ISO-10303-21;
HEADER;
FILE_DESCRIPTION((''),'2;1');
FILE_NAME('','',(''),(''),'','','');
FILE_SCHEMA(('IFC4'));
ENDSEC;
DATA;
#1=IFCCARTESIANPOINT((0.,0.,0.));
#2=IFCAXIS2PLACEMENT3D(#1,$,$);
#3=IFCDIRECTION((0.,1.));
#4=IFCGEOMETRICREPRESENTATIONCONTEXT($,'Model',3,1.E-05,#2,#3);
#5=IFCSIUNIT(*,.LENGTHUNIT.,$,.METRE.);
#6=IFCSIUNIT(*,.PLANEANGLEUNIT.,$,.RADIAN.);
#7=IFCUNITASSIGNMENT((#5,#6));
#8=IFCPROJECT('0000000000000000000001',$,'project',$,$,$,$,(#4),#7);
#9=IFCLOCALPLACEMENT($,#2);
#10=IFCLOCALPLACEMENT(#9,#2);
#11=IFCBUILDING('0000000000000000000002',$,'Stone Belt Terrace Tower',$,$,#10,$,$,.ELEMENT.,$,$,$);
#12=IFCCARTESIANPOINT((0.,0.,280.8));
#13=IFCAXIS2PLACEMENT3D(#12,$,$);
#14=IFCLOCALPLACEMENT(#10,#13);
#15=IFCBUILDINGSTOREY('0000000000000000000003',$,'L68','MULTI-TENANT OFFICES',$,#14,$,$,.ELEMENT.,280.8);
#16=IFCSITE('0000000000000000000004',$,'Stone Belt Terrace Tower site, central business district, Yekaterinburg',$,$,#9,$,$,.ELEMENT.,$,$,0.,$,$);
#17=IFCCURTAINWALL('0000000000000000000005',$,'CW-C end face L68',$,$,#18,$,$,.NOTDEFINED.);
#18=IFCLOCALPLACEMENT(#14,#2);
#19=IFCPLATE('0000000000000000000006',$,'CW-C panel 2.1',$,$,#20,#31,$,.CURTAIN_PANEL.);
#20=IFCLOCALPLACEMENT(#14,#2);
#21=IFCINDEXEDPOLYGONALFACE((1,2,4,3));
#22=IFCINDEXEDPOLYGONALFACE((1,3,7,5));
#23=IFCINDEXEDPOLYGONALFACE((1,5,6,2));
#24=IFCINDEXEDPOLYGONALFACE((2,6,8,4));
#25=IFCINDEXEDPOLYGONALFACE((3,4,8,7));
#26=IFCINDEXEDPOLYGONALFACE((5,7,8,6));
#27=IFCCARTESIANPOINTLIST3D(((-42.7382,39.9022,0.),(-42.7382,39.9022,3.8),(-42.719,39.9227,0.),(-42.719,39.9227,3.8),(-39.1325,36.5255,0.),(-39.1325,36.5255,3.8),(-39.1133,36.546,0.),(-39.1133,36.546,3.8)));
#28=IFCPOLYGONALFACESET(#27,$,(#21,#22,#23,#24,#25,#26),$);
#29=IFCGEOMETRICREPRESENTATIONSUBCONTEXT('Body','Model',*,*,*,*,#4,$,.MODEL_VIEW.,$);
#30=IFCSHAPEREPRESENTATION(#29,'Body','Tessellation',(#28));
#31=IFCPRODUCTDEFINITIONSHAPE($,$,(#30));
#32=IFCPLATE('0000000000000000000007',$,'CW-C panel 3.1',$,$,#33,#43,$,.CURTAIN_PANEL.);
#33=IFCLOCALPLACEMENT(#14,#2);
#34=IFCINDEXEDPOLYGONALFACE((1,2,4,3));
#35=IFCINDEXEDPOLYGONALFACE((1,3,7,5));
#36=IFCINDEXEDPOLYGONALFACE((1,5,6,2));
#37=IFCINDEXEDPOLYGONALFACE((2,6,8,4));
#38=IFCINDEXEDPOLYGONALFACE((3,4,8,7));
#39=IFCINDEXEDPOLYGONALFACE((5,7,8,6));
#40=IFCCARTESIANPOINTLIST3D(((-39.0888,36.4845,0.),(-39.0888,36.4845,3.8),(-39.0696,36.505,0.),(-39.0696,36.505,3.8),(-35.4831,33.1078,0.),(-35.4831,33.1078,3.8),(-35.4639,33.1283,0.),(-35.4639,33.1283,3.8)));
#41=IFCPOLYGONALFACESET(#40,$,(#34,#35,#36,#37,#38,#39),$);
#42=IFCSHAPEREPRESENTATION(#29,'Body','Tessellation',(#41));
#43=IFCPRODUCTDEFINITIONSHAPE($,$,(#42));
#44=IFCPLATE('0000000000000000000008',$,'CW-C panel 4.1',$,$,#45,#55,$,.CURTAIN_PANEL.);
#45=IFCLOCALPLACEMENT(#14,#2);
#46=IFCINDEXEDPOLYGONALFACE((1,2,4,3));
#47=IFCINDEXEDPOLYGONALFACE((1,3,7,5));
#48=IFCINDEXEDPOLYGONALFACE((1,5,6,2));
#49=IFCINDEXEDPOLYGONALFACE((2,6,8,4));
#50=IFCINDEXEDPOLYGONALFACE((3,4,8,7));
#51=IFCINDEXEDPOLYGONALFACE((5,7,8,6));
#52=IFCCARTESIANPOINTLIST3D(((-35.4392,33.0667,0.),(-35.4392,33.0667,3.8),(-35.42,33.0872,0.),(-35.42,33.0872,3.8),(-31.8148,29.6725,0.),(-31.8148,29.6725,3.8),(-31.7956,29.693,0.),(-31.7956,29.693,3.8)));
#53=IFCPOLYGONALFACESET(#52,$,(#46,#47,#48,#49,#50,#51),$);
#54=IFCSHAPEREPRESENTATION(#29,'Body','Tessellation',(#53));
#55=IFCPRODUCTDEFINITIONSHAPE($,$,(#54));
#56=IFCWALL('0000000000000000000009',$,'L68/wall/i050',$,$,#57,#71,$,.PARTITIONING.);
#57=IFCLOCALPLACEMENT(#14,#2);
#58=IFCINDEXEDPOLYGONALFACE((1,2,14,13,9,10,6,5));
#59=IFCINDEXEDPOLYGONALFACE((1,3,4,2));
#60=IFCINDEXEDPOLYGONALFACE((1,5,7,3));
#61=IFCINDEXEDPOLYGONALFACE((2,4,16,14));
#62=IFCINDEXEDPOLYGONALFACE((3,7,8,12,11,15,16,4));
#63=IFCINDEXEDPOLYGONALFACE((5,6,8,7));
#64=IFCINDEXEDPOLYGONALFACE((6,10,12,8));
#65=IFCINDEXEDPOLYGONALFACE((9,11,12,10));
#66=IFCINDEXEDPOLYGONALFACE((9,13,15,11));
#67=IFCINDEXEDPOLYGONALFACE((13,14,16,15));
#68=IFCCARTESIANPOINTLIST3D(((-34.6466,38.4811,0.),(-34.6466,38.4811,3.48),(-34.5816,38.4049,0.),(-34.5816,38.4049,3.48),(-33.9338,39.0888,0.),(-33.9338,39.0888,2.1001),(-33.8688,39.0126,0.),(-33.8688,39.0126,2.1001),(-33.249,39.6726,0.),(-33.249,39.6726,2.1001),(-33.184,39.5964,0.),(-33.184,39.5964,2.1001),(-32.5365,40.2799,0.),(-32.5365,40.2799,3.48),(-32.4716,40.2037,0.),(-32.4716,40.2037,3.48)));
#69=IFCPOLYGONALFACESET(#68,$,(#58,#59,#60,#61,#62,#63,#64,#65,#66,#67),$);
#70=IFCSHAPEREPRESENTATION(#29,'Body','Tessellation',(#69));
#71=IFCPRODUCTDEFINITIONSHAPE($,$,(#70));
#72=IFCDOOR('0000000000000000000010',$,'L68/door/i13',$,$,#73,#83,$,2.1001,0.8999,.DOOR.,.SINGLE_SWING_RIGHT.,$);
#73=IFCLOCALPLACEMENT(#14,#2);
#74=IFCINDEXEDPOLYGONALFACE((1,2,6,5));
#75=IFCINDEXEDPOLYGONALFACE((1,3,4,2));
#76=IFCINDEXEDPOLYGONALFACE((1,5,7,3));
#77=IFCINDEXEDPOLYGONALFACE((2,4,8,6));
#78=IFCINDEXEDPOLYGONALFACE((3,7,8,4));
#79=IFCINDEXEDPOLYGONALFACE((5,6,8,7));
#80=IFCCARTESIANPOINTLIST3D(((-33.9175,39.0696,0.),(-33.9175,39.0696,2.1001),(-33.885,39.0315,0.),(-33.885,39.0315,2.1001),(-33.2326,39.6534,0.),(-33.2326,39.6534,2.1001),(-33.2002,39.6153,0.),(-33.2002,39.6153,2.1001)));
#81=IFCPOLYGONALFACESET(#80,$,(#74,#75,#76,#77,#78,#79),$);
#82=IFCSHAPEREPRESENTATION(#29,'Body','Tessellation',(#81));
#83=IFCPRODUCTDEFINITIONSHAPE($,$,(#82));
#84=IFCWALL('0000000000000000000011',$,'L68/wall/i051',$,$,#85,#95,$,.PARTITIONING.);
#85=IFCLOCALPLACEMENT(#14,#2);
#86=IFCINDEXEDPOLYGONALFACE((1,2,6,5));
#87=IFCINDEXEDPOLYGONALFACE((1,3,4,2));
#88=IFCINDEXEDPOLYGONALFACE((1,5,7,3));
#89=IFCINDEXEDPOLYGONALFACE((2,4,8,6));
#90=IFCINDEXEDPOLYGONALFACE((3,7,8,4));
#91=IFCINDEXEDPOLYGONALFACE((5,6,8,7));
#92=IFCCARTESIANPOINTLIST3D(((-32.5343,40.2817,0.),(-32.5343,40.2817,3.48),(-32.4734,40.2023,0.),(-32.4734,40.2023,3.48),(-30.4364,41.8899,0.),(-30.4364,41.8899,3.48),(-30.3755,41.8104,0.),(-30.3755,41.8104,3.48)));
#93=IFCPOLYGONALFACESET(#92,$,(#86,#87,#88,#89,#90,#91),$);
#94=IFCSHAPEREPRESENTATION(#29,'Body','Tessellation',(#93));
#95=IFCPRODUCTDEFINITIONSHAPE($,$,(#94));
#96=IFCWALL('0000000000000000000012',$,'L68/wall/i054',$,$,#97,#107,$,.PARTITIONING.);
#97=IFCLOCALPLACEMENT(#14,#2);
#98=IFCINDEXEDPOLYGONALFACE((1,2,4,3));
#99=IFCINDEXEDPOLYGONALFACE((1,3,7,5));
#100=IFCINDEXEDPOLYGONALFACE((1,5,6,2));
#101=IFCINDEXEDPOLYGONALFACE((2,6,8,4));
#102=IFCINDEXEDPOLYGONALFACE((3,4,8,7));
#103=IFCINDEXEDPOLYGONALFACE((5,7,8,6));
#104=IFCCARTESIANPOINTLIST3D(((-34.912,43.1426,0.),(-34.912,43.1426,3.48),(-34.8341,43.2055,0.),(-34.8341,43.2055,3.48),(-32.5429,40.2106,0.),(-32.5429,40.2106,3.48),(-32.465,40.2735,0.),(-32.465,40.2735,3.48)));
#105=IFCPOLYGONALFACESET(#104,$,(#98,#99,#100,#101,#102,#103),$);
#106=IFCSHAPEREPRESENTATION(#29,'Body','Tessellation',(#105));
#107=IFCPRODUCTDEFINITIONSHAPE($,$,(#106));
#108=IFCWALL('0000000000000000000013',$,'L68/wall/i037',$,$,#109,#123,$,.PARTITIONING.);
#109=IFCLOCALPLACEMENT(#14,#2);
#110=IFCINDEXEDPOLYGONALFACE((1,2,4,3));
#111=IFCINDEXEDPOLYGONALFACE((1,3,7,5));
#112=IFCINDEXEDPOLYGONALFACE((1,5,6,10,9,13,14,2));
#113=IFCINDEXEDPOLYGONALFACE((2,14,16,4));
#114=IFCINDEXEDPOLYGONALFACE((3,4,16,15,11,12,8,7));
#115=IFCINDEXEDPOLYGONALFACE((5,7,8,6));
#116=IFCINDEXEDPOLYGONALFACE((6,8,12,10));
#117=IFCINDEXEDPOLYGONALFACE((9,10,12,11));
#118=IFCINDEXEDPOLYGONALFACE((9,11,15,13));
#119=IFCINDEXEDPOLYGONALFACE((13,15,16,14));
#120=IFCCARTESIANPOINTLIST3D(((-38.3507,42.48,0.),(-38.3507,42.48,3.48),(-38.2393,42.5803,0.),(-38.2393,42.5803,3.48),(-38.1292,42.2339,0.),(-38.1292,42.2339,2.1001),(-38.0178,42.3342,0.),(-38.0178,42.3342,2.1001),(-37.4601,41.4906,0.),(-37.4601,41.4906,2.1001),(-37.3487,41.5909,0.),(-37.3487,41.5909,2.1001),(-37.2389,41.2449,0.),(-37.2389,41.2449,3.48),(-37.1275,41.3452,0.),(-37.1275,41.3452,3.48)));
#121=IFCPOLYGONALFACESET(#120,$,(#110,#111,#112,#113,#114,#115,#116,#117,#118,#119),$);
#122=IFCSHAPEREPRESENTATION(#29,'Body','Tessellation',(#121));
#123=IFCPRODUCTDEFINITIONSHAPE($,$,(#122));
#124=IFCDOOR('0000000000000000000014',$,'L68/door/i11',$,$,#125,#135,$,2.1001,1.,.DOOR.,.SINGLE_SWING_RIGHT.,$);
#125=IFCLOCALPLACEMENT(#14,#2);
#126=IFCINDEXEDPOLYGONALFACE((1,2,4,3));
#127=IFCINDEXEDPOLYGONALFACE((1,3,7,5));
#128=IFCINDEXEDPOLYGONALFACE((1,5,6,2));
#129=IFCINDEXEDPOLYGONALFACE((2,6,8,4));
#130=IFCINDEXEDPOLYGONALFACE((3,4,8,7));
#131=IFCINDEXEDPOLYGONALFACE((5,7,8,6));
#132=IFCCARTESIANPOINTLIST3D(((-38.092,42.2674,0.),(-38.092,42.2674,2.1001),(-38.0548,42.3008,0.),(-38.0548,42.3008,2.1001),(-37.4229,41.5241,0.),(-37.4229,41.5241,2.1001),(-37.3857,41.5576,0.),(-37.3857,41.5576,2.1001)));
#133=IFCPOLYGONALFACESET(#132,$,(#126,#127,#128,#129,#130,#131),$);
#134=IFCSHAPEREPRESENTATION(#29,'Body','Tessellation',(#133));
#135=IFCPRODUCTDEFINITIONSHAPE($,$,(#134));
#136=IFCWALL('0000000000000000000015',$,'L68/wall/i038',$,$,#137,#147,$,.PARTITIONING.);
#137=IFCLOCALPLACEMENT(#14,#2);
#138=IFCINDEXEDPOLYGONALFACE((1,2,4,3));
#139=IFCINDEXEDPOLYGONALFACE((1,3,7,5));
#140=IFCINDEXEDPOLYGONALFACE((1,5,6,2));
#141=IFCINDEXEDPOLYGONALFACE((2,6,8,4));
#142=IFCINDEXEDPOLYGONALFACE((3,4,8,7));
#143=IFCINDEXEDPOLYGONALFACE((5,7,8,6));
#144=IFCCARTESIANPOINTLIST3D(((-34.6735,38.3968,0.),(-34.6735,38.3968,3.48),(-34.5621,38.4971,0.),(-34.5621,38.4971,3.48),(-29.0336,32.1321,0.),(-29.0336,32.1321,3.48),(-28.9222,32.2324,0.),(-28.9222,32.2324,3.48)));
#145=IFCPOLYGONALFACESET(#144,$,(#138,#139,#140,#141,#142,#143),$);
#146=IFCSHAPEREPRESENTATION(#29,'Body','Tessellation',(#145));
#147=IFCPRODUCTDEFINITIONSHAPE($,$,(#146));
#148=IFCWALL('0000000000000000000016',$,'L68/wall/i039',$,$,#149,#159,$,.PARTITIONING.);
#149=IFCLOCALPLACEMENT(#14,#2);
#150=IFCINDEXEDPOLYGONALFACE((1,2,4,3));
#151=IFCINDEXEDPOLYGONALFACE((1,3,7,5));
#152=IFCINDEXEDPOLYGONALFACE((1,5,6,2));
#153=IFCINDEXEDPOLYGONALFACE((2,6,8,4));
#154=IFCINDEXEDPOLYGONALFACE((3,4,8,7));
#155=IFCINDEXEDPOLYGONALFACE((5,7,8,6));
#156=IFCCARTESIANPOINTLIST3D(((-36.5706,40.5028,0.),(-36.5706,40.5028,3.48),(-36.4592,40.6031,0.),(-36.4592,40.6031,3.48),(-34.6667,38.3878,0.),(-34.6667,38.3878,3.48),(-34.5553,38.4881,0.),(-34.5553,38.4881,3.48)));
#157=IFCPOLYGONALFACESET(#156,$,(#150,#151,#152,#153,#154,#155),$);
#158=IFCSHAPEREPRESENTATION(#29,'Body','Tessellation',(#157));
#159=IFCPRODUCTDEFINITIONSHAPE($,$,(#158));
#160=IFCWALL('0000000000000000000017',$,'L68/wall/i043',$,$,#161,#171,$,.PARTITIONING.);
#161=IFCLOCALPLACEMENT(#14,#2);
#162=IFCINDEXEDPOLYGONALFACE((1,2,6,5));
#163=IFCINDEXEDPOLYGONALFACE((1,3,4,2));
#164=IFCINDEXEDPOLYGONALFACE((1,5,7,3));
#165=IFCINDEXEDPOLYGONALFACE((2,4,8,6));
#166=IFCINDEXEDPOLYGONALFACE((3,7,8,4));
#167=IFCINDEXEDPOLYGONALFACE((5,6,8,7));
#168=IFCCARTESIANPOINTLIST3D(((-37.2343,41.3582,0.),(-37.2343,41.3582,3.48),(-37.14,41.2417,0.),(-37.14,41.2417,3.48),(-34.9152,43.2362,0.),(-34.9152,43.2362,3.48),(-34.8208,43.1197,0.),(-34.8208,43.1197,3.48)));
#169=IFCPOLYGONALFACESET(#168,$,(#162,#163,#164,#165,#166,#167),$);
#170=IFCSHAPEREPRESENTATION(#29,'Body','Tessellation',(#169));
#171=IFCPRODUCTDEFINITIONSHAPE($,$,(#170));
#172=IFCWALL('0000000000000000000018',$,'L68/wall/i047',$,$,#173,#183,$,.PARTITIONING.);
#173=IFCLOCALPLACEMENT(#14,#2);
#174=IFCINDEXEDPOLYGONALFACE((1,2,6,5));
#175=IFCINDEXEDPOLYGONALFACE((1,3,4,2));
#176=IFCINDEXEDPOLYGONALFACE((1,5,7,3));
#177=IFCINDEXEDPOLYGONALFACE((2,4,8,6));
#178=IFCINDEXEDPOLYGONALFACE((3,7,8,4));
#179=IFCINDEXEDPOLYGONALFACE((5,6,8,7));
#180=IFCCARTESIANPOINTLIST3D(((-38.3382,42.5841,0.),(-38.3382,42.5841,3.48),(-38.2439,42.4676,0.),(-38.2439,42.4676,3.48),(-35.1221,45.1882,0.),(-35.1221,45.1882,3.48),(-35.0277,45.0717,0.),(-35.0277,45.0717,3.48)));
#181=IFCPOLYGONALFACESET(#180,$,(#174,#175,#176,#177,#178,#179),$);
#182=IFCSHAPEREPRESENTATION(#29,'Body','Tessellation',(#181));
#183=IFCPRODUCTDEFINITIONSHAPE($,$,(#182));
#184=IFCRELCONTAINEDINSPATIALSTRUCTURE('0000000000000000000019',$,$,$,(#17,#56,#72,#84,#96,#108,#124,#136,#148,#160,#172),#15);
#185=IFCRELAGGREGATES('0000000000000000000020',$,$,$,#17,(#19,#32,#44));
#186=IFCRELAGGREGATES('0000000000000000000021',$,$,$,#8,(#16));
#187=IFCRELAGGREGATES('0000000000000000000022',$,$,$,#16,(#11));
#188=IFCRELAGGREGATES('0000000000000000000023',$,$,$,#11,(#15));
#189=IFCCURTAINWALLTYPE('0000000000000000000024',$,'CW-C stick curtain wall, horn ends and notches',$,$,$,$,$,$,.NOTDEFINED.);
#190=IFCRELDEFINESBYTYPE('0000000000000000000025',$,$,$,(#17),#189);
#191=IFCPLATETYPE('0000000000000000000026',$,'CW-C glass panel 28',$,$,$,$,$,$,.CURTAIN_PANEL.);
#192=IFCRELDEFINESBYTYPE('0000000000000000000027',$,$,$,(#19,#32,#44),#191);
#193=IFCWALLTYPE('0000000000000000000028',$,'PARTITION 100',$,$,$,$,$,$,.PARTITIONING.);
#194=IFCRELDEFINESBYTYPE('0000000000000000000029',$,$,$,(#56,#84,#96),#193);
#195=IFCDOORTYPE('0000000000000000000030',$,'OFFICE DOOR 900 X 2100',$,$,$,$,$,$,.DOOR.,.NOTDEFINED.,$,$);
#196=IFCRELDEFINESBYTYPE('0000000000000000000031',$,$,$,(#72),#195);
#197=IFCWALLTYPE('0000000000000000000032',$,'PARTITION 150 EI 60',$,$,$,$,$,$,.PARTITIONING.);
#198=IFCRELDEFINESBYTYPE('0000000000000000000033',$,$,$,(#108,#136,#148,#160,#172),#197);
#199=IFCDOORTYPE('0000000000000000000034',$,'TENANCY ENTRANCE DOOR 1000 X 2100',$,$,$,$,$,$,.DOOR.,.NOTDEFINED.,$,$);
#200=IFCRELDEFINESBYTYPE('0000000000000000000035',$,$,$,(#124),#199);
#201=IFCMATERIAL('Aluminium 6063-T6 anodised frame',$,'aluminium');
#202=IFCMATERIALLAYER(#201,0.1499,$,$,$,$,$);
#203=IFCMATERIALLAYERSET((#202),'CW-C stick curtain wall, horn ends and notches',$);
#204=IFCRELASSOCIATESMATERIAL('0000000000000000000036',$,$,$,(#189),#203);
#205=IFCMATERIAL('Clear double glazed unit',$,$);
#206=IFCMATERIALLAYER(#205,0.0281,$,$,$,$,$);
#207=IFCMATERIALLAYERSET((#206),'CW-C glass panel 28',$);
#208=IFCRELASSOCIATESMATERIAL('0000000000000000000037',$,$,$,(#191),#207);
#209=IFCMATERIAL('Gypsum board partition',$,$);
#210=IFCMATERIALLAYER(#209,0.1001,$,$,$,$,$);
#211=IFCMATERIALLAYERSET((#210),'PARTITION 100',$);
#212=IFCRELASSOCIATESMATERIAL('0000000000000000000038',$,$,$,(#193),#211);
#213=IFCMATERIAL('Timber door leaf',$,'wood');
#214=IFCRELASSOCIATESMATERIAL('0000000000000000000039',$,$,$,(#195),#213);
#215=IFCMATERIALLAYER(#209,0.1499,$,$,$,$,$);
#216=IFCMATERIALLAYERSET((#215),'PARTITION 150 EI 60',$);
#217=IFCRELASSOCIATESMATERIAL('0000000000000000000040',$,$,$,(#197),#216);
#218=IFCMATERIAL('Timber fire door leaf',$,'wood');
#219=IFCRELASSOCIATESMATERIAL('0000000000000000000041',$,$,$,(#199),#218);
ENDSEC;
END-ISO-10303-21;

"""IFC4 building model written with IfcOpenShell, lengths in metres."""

from ifc_helpers import new_model, si_unit, direction, frame, frame_2d, origin, origin_2d, place, context, subcontext, project, spatial, rectangle, extrude, material, layer, layer_set, type_object, element, fill, aggregate, save


model = new_model("IFC4")

# Units and contexts
model_context = context("Model", 3, precision=1e-05, world=origin(), true_north=direction((0.0, 1.0)))
body_context = subcontext(model_context, "Body", "Model", "MODEL_VIEW")
ifc_project = project(units=[si_unit("LENGTHUNIT", "METRE"), si_unit("PLANEANGLEUNIT", "RADIAN")], contexts=[model_context])

# Site, building, storey
site_placement = place(None, origin())
site = spatial("IfcSite", under=ifc_project, at=site_placement, Name="Stone Belt Terrace Tower site, central business district, Yekaterinburg", CompositionType="ELEMENT", RefElevation=0.0)
building_placement = place(site_placement, origin())
building = spatial("IfcBuilding", under=site, at=building_placement, Name="Stone Belt Terrace Tower", CompositionType="ELEMENT")
storey_placement = place(building_placement, frame((0.0, 0.0, 280.8)))
storey = spatial("IfcBuildingStorey", under=building, at=storey_placement, Name="L68", Description="MULTI-TENANT OFFICES", CompositionType="ELEMENT", Elevation=280.8)

# Shared definitions
ifc_material_1 = material(Name="Aluminium 6063-T6 anodised frame", Category="aluminium")

# Curtain wall
ifc_layer_1 = layer(ifc_material_1, 0.1499)
ifc_layer_set_1 = layer_set([ifc_layer_1], Name="CW-C stick curtain wall, horn ends and notches")
curtain_wall_type_1 = type_object("IfcCurtainWallType", Name="CW-C stick curtain wall, horn ends and notches", PredefinedType="NOTDEFINED", material=ifc_layer_set_1)
curtain_wall_1_placement = place(storey_placement, origin())
curtain_wall_1 = element("IfcCurtainWall", 1, at=curtain_wall_1_placement, inside=storey, type_object=curtain_wall_type_1, Name="CW-C end face L68", PredefinedType="NOTDEFINED")

# Plates
ifc_material_2 = material(Name="Clear double glazed unit")
ifc_layer_2 = layer(ifc_material_2, 0.0281)
ifc_layer_set_2 = layer_set([ifc_layer_2], Name="CW-C glass panel 28")
plate_type = type_object("IfcPlateType", Name="CW-C glass panel 28", PredefinedType="CURTAIN_PANEL", material=ifc_layer_set_2)
plate_1_placement = place(storey_placement, frame((-40.9258, 38.2241, 0.0), z_axis=(0.0, 0.0, 1.0), x_axis=(0.729904, -0.683549, 0.0)))
plate_1 = element("IfcPlate", 2, at=plate_1_placement, type_object=plate_type, Name="CW-C panel 2.1", PredefinedType="CURTAIN_PANEL", context=body_context, shape_type="SweptSolid", body=[
    extrude(rectangle(XDim=4.9399, YDim=0.0281, at=origin_2d()), origin(), (0.0, 0.0, 1.0), 3.8),
])
plate_2_placement = place(storey_placement, frame((-37.2764, 34.8064, 0.0), z_axis=(0.0, 0.0, 1.0), x_axis=(0.729904, -0.683549, 0.0)))
plate_2 = element("IfcPlate", 3, at=plate_2_placement, type_object=plate_type, Name="CW-C panel 3.1", PredefinedType="CURTAIN_PANEL", context=body_context, shape_type="SweptSolid", body=[
    extrude(rectangle(XDim=4.9399, YDim=0.0281, at=origin_2d()), origin(), (0.0, 0.0, 1.0), 3.8),
])
plate_3_placement = place(storey_placement, frame((-33.6174, 31.3799, 0.0), z_axis=(0.0, 0.0, 1.0), x_axis=(0.729904, -0.683549, 0.0)))
plate_3 = element("IfcPlate", 4, at=plate_3_placement, type_object=plate_type, Name="CW-C panel 4.1", PredefinedType="CURTAIN_PANEL", context=body_context, shape_type="SweptSolid", body=[
    extrude(rectangle(XDim=4.9656, YDim=0.0281, at=origin_2d()), origin(), (0.0, 0.0, 1.0), 3.8),
])
aggregate(curtain_wall_1, [plate_1, plate_2, plate_3])

# Wall, opening, door
ifc_material_3 = material(Name="Gypsum board partition")
ifc_layer_3 = layer(ifc_material_3, 0.1001)
ifc_layer_set_3 = layer_set([ifc_layer_3], Name="PARTITION 100")
wall_type_1 = type_object("IfcWallType", Name="PARTITION 100", PredefinedType="PARTITIONING", material=ifc_layer_set_3)
wall_1_placement = place(storey_placement, frame((-34.614, 38.4431, 0.0), z_axis=(0.0, 0.0, 1.0), x_axis=(0.761007, 0.648744, 0.0)))
wall_1 = element("IfcWall", 5, at=wall_1_placement, inside=storey, type_object=wall_type_1, Name="L68/wall/i050", PredefinedType="PARTITIONING", context=body_context, shape_type="SweptSolid", body=[
    extrude(rectangle(XDim=2.7727, YDim=0.1001, at=frame_2d((1.3862, 0.0))), origin(), (0.0, 0.0, 1.0), 3.48),
])
opening_1_placement = place(wall_1_placement, frame((0.9365, 0.0, 0.0)))
opening_1 = element("IfcOpeningElement", 6, at=opening_1_placement, cuts=wall_1, PredefinedType="OPENING", context=body_context, shape_type="SweptSolid", body=[
    extrude(rectangle(XDim=0.8999, YDim=2.1001, at=frame_2d((0.45, 1.05))), frame((0.0, 0.0601, 0.0), z_axis=(0.0, -1.0, 0.0), x_axis=(1.0, 0.0, 0.0)), (0.0, 0.0, 1.0), 0.1201),
])
ifc_material_4 = material(Name="Timber door leaf", Category="wood")
door_type_1 = type_object("IfcDoorType", Name="OFFICE DOOR 900 X 2100", OperationType="NOTDEFINED", PredefinedType="DOOR", material=ifc_material_4)
door_1_placement = place(opening_1_placement, origin())
door_1 = element("IfcDoor", 7, at=door_1_placement, inside=storey, type_object=door_type_1, Name="L68/door/i13", OperationType="SINGLE_SWING_RIGHT", OverallHeight=2.1001, OverallWidth=0.8999, PredefinedType="DOOR", context=body_context, shape_type="SweptSolid", body=[
    extrude(rectangle(XDim=0.8999, YDim=2.1001, at=frame_2d((0.45, 1.05))), frame((0.0, 0.0249, 0.0), z_axis=(0.0, -1.0, 0.0), x_axis=(1.0, 0.0, 0.0)), (0.0, 0.0, 1.0), 0.05),
])
fill(opening_1, door_1)

# Walls
wall_2_placement = place(storey_placement, frame((-32.5039, 40.2419, 0.0), z_axis=(0.0, 0.0, 1.0), x_axis=(0.793649, 0.608375, 0.0)))
element("IfcWall", 8, at=wall_2_placement, inside=storey, type_object=wall_type_1, Name="L68/wall/i051", PredefinedType="PARTITIONING", context=body_context, shape_type="SweptSolid", body=[
    extrude(rectangle(XDim=2.6433, YDim=0.1001, at=frame_2d((1.3218, 0.0))), origin(), (0.0, 0.0, 1.0), 3.48),
])
wall_3_placement = place(storey_placement, frame((-34.873, 43.1741, 0.0), z_axis=(0.0, 0.0, 1.0), x_axis=(0.628479, -0.777827, 0.0)))
element("IfcWall", 9, at=wall_3_placement, inside=storey, type_object=wall_type_1, Name="L68/wall/i054", PredefinedType="PARTITIONING", context=body_context, shape_type="SweptSolid", body=[
    extrude(rectangle(XDim=3.7695, YDim=0.1001, at=frame_2d((1.8848, 0.0))), origin(), (0.0, 0.0, 1.0), 3.48),
])

# Wall, opening, door
ifc_layer_4 = layer(ifc_material_3, 0.1499)
ifc_layer_set_4 = layer_set([ifc_layer_4], Name="PARTITION 150 EI 60")
wall_type_2 = type_object("IfcWallType", Name="PARTITION 150 EI 60", PredefinedType="PARTITIONING", material=ifc_layer_set_4)
wall_4_placement = place(storey_placement, frame((-37.1831, 41.2949, 0.0), z_axis=(0.0, 0.0, 1.0), x_axis=(-0.669038, 0.743228, 0.0)))
wall_4 = element("IfcWall", 10, at=wall_4_placement, inside=storey, type_object=wall_type_2, Name="L68/wall/i037", PredefinedType="PARTITIONING", context=body_context, shape_type="SweptSolid", body=[
    extrude(rectangle(XDim=1.6619, YDim=0.1499, at=frame_2d((0.8311, 0.0))), origin(), (0.0, 0.0, 1.0), 3.48),
])
opening_2_placement = place(wall_4_placement, frame((0.3308, 0.0, 0.0)))
opening_2 = element("IfcOpeningElement", 11, at=opening_2_placement, cuts=wall_4, PredefinedType="OPENING", context=body_context, shape_type="SweptSolid", body=[
    extrude(rectangle(XDim=1.0, YDim=2.1001, at=frame_2d((0.5, 1.05))), frame((0.0, 0.085, 0.0), z_axis=(0.0, -1.0, 0.0), x_axis=(1.0, 0.0, 0.0)), (0.0, 0.0, 1.0), 0.1699),
])
ifc_material_5 = material(Name="Timber fire door leaf", Category="wood")
door_type_2 = type_object("IfcDoorType", Name="TENANCY ENTRANCE DOOR 1000 X 2100", OperationType="NOTDEFINED", PredefinedType="DOOR", material=ifc_material_5)
door_2_placement = place(opening_2_placement, origin())
door_2 = element("IfcDoor", 12, at=door_2_placement, inside=storey, type_object=door_type_2, Name="L68/door/i11", OperationType="SINGLE_SWING_RIGHT", OverallHeight=2.1001, OverallWidth=1.0, PredefinedType="DOOR", context=body_context, shape_type="SweptSolid", body=[
    extrude(rectangle(XDim=1.0, YDim=2.1001, at=frame_2d((0.5, 1.05))), frame((0.0, 0.0249, 0.0), z_axis=(0.0, -1.0, 0.0), x_axis=(1.0, 0.0, 0.0)), (0.0, 0.0, 1.0), 0.05),
])
fill(opening_2, door_2)

# Walls
wall_5_placement = place(storey_placement, frame((-34.6179, 38.447, 0.0), z_axis=(0.0, 0.0, 1.0), x_axis=(0.669077, -0.743193, 0.0)))
element("IfcWall", 13, at=wall_5_placement, inside=storey, type_object=wall_type_2, Name="L68/wall/i038", PredefinedType="PARTITIONING", context=body_context, shape_type="SweptSolid", body=[
    extrude(rectangle(XDim=8.4294, YDim=0.1499, at=frame_2d((4.2148, 0.0))), origin(), (0.0, 0.0, 1.0), 3.48),
])
wall_6_placement = place(storey_placement, frame((-36.5149, 40.553, 0.0), z_axis=(0.0, 0.0, 1.0), x_axis=(0.669026, -0.743239, 0.0)))
element("IfcWall", 14, at=wall_6_placement, inside=storey, type_object=wall_type_2, Name="L68/wall/i039", PredefinedType="PARTITIONING", context=body_context, shape_type="SweptSolid", body=[
    extrude(rectangle(XDim=2.8457, YDim=0.1499, at=frame_2d((1.4229, 0.0))), origin(), (0.0, 0.0, 1.0), 3.48),
])
wall_7_placement = place(storey_placement, frame((-34.8679, 43.178, 0.0), z_axis=(0.0, 0.0, 1.0), x_axis=(-0.777152, -0.629314, 0.0)))
element("IfcWall", 15, at=wall_7_placement, inside=storey, type_object=wall_type_2, Name="L68/wall/i043", PredefinedType="PARTITIONING", context=body_context, shape_type="SweptSolid", body=[
    extrude(rectangle(XDim=2.9841, YDim=0.1499, at=frame_2d((1.4922, 0.0))), origin(), (0.0, 0.0, 1.0), 3.48),
])
wall_8_placement = place(storey_placement, frame((-38.291, 42.5259, 0.0), z_axis=(0.0, 0.0, 1.0), x_axis=(0.777183, 0.629275, 0.0)))
element("IfcWall", 16, at=wall_8_placement, inside=storey, type_object=wall_type_2, Name="L68/wall/i047", PredefinedType="PARTITIONING", context=body_context, shape_type="SweptSolid", body=[
    extrude(rectangle(XDim=4.1382, YDim=0.1499, at=frame_2d((2.0691, 0.0))), origin(), (0.0, 0.0, 1.0), 3.48),
])

save(model, "model.ifc")
